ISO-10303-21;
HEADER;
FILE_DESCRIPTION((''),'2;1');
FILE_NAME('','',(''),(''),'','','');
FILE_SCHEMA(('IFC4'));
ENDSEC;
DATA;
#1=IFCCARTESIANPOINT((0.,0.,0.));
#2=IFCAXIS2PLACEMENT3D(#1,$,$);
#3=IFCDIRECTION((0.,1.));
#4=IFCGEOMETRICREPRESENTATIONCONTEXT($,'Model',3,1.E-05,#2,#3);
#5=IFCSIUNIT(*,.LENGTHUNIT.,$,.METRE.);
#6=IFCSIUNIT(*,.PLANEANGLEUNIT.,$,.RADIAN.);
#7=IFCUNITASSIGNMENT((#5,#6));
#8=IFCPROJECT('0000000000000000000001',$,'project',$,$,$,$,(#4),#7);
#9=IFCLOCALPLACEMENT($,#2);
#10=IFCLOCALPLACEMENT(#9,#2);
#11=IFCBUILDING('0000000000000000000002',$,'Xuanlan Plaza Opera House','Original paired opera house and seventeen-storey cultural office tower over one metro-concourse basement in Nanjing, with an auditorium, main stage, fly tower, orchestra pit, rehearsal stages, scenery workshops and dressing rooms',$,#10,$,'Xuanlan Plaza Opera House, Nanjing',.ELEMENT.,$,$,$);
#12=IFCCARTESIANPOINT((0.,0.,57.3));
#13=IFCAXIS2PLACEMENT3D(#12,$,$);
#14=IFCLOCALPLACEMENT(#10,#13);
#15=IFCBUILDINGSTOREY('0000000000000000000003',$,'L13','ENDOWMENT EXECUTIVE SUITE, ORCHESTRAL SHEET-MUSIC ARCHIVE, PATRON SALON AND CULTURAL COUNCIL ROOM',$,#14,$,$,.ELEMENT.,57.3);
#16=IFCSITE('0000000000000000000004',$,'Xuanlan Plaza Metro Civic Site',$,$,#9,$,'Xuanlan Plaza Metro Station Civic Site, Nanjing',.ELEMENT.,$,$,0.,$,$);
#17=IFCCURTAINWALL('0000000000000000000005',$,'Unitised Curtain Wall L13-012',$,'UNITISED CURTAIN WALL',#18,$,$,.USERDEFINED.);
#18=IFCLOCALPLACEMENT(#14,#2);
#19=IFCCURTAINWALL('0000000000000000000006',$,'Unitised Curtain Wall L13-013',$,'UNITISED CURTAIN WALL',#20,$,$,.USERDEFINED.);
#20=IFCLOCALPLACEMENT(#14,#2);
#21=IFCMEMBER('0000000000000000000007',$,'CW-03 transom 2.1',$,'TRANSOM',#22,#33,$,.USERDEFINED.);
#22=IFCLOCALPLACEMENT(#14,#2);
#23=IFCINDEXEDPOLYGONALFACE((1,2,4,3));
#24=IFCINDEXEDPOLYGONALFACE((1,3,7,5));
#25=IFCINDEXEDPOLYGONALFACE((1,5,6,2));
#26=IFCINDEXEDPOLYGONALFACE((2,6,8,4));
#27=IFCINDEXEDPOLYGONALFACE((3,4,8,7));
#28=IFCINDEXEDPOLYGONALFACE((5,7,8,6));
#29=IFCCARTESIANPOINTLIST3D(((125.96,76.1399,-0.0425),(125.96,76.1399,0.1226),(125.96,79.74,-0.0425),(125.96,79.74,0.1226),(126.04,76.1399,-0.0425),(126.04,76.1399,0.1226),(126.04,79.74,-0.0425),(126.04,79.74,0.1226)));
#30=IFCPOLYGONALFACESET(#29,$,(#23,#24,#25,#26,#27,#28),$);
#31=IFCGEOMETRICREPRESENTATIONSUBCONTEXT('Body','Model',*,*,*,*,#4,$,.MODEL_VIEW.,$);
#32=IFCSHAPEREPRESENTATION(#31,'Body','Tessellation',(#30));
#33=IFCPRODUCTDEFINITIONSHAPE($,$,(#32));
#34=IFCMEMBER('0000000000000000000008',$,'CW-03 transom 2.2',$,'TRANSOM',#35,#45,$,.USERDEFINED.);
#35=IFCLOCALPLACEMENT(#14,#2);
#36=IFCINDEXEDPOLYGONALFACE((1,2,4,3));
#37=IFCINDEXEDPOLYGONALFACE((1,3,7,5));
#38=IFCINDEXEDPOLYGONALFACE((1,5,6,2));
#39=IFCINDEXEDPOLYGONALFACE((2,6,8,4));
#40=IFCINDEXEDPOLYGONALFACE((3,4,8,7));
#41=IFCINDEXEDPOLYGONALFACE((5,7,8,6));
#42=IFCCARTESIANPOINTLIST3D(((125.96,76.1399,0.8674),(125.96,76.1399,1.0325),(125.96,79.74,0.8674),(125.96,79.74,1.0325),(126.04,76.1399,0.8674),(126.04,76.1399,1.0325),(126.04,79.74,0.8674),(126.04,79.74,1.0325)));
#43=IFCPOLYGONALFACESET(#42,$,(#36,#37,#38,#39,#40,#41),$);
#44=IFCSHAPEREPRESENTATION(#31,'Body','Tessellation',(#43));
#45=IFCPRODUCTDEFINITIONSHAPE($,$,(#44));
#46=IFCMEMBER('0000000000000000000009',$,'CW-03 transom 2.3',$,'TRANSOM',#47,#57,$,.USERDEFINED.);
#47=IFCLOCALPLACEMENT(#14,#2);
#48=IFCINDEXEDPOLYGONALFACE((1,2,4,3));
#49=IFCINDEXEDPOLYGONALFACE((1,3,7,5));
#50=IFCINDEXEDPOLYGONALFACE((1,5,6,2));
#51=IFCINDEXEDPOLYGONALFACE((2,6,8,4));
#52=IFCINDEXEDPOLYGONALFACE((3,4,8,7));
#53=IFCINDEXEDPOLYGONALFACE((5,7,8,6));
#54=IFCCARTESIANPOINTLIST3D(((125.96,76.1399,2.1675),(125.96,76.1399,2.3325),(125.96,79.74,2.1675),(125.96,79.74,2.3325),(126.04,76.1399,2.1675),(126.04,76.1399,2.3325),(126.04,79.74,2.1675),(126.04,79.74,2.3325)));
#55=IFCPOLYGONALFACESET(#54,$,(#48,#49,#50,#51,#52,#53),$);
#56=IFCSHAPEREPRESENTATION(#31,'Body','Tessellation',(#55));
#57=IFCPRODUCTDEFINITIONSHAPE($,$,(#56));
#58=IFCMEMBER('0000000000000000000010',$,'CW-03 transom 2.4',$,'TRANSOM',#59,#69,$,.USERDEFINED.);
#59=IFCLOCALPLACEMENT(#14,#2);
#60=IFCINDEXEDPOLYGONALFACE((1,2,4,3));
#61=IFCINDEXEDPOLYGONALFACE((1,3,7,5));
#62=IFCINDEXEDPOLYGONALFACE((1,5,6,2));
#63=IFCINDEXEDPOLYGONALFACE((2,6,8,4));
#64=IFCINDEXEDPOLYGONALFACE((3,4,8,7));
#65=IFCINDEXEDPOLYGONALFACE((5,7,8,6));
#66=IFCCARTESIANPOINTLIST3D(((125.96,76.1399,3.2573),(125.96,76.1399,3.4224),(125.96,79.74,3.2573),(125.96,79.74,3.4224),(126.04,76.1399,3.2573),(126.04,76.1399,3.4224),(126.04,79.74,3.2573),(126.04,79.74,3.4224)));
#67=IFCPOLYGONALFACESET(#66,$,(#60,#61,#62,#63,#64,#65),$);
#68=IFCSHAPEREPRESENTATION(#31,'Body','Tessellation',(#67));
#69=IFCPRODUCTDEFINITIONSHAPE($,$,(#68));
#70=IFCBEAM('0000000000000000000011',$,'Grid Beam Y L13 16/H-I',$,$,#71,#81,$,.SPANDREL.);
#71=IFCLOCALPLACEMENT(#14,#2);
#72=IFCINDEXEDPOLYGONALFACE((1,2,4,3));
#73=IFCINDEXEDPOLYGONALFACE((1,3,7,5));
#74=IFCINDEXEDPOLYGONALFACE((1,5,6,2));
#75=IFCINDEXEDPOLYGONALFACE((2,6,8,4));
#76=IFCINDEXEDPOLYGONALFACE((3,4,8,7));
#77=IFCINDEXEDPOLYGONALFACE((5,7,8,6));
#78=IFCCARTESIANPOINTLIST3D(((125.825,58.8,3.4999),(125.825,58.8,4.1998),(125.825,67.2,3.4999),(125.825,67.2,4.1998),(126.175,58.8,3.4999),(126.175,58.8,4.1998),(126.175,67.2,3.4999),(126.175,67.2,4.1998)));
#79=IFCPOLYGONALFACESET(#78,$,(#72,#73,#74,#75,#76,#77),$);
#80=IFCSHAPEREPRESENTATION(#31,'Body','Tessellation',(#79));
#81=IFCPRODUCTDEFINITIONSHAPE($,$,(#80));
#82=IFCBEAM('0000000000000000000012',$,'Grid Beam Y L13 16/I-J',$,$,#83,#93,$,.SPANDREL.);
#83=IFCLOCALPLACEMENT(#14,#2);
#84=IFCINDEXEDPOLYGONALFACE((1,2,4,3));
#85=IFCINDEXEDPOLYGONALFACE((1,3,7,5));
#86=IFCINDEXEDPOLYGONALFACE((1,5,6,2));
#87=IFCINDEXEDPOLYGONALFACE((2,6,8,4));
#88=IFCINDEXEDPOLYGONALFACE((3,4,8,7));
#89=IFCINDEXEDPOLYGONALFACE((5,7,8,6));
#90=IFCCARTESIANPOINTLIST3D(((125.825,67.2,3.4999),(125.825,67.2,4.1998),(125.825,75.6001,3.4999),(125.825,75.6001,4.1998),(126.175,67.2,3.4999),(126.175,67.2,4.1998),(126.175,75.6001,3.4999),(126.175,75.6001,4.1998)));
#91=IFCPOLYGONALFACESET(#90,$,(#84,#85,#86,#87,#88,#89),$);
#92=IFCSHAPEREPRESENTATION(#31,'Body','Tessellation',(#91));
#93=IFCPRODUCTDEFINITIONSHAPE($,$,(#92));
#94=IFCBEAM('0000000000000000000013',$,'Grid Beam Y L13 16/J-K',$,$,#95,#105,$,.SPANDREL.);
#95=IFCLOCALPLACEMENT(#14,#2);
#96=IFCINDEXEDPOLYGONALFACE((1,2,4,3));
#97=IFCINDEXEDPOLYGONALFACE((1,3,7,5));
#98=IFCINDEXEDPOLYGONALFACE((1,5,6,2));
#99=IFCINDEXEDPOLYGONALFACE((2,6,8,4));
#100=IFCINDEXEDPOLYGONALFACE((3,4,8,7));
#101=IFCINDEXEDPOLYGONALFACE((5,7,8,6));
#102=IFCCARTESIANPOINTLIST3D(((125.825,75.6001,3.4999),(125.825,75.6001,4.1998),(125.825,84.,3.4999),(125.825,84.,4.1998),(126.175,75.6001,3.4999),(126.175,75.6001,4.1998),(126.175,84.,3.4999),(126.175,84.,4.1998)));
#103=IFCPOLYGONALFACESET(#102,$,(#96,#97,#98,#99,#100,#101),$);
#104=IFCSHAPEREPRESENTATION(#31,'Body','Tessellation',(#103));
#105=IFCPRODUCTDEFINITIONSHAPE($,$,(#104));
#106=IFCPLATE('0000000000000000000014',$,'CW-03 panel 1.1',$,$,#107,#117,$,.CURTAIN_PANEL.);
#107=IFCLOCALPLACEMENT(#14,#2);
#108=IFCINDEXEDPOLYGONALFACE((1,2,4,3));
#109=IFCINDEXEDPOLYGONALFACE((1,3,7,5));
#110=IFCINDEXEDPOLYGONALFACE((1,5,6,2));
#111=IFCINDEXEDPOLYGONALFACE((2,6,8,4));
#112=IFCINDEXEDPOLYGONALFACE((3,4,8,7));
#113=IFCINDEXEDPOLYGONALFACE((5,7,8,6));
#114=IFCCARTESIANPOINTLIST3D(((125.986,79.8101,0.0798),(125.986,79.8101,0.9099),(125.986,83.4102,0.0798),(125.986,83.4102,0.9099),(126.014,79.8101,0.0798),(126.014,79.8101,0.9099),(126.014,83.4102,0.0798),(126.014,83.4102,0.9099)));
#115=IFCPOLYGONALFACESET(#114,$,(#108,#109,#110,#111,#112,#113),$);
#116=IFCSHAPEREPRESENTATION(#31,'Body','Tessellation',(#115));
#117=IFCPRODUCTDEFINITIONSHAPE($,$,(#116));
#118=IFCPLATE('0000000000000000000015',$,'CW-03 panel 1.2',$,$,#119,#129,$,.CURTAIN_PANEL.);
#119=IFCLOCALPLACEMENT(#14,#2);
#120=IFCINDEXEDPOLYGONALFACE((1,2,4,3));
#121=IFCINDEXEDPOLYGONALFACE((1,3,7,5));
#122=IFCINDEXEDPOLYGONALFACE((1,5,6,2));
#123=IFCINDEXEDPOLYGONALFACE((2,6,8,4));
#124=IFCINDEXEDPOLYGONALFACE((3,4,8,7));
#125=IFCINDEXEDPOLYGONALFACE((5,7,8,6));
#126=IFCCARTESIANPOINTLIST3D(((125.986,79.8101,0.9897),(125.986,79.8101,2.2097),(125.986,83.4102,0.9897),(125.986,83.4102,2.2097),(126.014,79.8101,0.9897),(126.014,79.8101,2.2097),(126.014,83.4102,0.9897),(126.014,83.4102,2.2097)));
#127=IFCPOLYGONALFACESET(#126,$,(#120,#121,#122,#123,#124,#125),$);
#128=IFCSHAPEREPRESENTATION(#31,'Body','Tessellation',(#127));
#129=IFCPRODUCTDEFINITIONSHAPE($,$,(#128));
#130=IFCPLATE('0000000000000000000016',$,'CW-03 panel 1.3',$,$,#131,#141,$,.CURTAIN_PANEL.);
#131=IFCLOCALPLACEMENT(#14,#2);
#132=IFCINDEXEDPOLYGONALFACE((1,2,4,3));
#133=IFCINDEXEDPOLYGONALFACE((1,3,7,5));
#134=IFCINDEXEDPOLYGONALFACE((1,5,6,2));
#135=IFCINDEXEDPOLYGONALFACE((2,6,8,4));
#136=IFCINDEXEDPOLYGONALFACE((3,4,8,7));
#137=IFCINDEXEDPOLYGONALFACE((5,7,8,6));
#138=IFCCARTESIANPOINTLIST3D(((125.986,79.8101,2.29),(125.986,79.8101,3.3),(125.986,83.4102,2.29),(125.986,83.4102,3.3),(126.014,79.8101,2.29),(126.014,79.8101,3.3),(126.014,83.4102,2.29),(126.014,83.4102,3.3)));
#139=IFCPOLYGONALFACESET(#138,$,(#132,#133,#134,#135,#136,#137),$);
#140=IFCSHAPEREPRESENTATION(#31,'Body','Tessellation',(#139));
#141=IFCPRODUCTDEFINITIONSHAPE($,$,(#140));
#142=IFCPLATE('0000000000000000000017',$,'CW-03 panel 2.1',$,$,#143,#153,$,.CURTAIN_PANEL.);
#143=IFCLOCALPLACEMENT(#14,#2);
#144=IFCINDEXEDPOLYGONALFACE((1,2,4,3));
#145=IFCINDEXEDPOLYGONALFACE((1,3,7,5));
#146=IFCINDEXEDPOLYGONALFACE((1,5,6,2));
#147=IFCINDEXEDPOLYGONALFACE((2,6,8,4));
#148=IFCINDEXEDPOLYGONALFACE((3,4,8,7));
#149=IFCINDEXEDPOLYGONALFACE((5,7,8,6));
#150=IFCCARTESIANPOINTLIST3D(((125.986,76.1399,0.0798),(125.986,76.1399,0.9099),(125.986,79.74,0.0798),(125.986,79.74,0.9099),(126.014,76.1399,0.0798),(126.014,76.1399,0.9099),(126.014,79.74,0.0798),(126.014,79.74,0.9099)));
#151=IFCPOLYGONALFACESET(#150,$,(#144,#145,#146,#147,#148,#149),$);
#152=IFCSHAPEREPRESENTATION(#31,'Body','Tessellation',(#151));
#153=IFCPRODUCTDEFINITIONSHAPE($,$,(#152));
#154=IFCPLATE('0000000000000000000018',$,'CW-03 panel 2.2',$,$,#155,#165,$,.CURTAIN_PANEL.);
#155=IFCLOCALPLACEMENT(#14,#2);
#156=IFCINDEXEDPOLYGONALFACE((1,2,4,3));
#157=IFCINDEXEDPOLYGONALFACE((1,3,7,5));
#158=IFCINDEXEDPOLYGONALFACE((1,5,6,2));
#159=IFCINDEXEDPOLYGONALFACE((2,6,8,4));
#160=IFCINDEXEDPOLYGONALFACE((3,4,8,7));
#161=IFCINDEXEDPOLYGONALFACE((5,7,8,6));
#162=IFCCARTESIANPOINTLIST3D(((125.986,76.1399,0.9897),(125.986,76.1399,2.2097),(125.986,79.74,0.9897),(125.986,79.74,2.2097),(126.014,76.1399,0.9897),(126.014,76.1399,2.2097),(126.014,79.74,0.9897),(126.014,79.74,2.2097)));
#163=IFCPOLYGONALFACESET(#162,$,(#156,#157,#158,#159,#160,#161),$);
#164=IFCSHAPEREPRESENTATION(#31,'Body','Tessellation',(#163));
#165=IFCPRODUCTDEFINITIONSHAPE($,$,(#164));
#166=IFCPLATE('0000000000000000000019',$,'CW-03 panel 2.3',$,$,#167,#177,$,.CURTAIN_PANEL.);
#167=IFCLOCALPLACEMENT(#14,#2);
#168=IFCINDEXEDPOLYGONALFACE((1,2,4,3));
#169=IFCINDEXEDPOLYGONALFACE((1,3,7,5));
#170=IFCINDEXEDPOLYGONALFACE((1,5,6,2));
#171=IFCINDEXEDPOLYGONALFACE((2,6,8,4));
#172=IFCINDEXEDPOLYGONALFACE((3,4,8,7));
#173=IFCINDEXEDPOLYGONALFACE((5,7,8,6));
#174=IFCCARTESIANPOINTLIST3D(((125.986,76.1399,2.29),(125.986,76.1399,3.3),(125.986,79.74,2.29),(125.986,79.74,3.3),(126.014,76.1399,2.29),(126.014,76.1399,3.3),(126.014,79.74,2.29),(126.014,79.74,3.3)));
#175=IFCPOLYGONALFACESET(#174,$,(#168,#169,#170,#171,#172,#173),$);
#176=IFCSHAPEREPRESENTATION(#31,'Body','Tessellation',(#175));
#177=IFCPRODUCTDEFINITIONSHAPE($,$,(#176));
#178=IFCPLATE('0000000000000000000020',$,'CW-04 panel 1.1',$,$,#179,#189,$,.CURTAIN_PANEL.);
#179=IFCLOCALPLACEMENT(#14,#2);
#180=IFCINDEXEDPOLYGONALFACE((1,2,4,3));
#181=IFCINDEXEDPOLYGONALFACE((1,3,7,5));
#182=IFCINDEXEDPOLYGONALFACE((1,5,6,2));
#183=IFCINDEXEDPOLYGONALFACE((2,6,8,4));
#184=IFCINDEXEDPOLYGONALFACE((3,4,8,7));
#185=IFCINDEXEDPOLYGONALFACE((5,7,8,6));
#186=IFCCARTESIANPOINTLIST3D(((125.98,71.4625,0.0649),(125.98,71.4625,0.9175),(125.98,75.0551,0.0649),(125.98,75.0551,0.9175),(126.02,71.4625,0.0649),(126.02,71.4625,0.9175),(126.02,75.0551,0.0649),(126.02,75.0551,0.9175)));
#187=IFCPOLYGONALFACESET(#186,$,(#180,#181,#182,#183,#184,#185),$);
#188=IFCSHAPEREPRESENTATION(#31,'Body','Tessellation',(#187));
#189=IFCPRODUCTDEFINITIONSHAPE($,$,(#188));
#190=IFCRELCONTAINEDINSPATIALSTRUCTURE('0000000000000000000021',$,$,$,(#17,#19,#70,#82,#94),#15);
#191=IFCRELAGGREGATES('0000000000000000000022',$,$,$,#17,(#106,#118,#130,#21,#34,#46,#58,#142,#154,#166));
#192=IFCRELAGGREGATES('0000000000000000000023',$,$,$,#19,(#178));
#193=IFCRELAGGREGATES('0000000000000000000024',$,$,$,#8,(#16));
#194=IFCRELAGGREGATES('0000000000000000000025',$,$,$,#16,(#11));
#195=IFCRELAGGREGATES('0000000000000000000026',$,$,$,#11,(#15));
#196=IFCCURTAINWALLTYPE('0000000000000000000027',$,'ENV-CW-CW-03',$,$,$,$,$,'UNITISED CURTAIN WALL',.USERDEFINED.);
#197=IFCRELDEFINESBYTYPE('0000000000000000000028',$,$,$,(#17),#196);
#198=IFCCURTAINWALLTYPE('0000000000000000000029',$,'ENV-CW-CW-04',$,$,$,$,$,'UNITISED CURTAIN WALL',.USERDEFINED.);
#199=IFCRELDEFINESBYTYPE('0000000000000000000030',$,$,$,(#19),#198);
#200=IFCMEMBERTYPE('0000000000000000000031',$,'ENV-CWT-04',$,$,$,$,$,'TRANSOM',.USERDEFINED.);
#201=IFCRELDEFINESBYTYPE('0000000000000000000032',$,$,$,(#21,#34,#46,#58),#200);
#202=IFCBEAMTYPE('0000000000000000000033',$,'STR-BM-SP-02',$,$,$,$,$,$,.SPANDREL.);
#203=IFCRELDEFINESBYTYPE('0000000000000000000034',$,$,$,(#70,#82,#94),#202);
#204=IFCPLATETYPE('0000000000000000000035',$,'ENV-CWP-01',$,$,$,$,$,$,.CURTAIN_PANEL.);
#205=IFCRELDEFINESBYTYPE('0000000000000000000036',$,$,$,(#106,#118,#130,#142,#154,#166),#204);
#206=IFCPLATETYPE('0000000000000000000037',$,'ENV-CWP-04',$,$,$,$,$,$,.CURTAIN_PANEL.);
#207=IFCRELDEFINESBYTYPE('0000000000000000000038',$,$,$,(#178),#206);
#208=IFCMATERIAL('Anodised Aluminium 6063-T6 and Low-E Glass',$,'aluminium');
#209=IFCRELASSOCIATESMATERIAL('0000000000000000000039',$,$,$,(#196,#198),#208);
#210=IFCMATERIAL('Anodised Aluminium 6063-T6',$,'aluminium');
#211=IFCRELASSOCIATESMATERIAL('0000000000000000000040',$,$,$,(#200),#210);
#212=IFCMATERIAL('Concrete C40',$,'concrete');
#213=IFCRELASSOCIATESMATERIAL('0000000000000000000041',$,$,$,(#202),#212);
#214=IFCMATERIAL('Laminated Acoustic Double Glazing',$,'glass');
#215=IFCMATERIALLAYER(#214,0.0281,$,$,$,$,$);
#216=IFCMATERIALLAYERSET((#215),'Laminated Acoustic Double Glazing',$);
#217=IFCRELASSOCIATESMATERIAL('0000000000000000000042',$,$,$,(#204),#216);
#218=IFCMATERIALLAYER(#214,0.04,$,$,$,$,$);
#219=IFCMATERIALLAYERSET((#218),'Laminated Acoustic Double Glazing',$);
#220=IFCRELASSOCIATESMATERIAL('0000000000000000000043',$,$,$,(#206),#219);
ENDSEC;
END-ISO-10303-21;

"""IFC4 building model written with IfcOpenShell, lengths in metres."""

from ifc_helpers import new_model, si_unit, direction, frame, origin, origin_2d, place, context, subcontext, project, spatial, rectangle, extrude, material, layer, layer_set, material_profile, profile_set, type_object, element, aggregate, save


model = new_model("IFC4")

# Units and contexts
model_context = context("Model", 3, precision=1e-05, world=origin(), true_north=direction((0.0, 1.0)))
body_context = subcontext(model_context, "Body", "Model", "MODEL_VIEW")
ifc_project = project(units=[si_unit("LENGTHUNIT", "METRE"), si_unit("PLANEANGLEUNIT", "RADIAN")], contexts=[model_context])

# Site, building, storey
site_placement = place(None, origin())
site = spatial("IfcSite", under=ifc_project, at=site_placement, Name="Xuanlan Plaza Metro Civic Site", LongName="Xuanlan Plaza Metro Station Civic Site, Nanjing", CompositionType="ELEMENT", RefElevation=0.0)
building_placement = place(site_placement, origin())
building = spatial("IfcBuilding", under=site, at=building_placement, Name="Xuanlan Plaza Opera House", Description="Original paired opera house and seventeen-storey cultural office tower over one metro-concourse basement in Nanjing, with an auditorium, main stage, fly tower, orchestra pit, rehearsal stages, scenery workshops and dressing rooms", LongName="Xuanlan Plaza Opera House, Nanjing", CompositionType="ELEMENT")
storey_placement = place(building_placement, frame((0.0, 0.0, 57.3)))
storey = spatial("IfcBuildingStorey", under=building, at=storey_placement, Name="L13", Description="ENDOWMENT EXECUTIVE SUITE, ORCHESTRAL SHEET-MUSIC ARCHIVE, PATRON SALON AND CULTURAL COUNCIL ROOM", CompositionType="ELEMENT", Elevation=57.3)

# Curtain walls
ifc_material_1 = material(Name="Anodised Aluminium 6063-T6 and Low-E Glass", Category="aluminium")
curtain_wall_type_1 = type_object("IfcCurtainWallType", Name="ENV-CW-CW-03", ElementType="UNITISED CURTAIN WALL", PredefinedType="USERDEFINED", material=ifc_material_1)
curtain_wall_1_placement = place(storey_placement, origin())
curtain_wall_1 = element("IfcCurtainWall", 1, at=curtain_wall_1_placement, inside=storey, type_object=curtain_wall_type_1, Name="Unitised Curtain Wall L13-012", ObjectType="UNITISED CURTAIN WALL", PredefinedType="USERDEFINED")
ifc_material_2 = material(Name="Anodised Aluminium 6063-T6", Category="aluminium")
curtain_wall_type_2 = type_object("IfcCurtainWallType", Name="ENV-CW-CW-04", ElementType="UNITISED CURTAIN WALL", PredefinedType="USERDEFINED", material=ifc_material_1)
curtain_wall_2_placement = place(storey_placement, origin())
curtain_wall_2 = element("IfcCurtainWall", 2, at=curtain_wall_2_placement, inside=storey, type_object=curtain_wall_type_2, Name="Unitised Curtain Wall L13-013", ObjectType="UNITISED CURTAIN WALL", PredefinedType="USERDEFINED")

# Members
ifc_material_profile_1 = material_profile(ifc_material_2, rectangle(XDim=0.0801, YDim=0.165, at=origin_2d()), Name="ALU-T 80x165")
ifc_profile_set_1 = profile_set([ifc_material_profile_1], Name="Anodised Aluminium 6063-T6")
member_type_1 = type_object("IfcMemberType", Name="ENV-CWT-04", ElementType="TRANSOM", PredefinedType="USERDEFINED", material=ifc_profile_set_1)
member_1_placement = place(storey_placement, frame((126.0, 79.74, 0.04), z_axis=(0.0, -1.0, 0.0), x_axis=(1.0, 0.0, 0.0)))
member_1 = element("IfcMember", 3, at=member_1_placement, type_object=member_type_1, Name="CW-03 transom 2.1", ObjectType="TRANSOM", PredefinedType="USERDEFINED", context=body_context, shape_type="SweptSolid", body=[
    extrude(rectangle(XDim=0.0801, YDim=0.165, at=origin_2d()), origin(), (0.0, 0.0, 1.0), 3.6001),
])
member_2_placement = place(storey_placement, frame((126.0, 79.74, 0.95), z_axis=(0.0, -1.0, 0.0), x_axis=(1.0, 0.0, 0.0)))
member_2 = element("IfcMember", 4, at=member_2_placement, type_object=member_type_1, Name="CW-03 transom 2.2", ObjectType="TRANSOM", PredefinedType="USERDEFINED", context=body_context, shape_type="SweptSolid", body=[
    extrude(rectangle(XDim=0.0801, YDim=0.165, at=origin_2d()), origin(), (0.0, 0.0, 1.0), 3.6001),
])
member_3_placement = place(storey_placement, frame((126.0, 79.74, 2.25), z_axis=(0.0, -1.0, 0.0), x_axis=(1.0, 0.0, 0.0)))
member_3 = element("IfcMember", 5, at=member_3_placement, type_object=member_type_1, Name="CW-03 transom 2.3", ObjectType="TRANSOM", PredefinedType="USERDEFINED", context=body_context, shape_type="SweptSolid", body=[
    extrude(rectangle(XDim=0.0801, YDim=0.165, at=origin_2d()), origin(), (0.0, 0.0, 1.0), 3.6001),
])
member_4_placement = place(storey_placement, frame((126.0, 79.74, 3.3398), z_axis=(0.0, -1.0, 0.0), x_axis=(1.0, 0.0, 0.0)))
member_4 = element("IfcMember", 6, at=member_4_placement, type_object=member_type_1, Name="CW-03 transom 2.4", ObjectType="TRANSOM", PredefinedType="USERDEFINED", context=body_context, shape_type="SweptSolid", body=[
    extrude(rectangle(XDim=0.0801, YDim=0.165, at=origin_2d()), origin(), (0.0, 0.0, 1.0), 3.6001),
])

# Beams
ifc_material_3 = material(Name="Concrete C40", Category="concrete")
ifc_material_profile_2 = material_profile(ifc_material_3, rectangle(XDim=0.3501, YDim=0.7, at=origin_2d()), Name="RC-SPD 350x700")
ifc_profile_set_2 = profile_set([ifc_material_profile_2], Name="Concrete C40")
beam_type = type_object("IfcBeamType", Name="STR-BM-SP-02", PredefinedType="SPANDREL", material=ifc_profile_set_2)
beam_1_placement = place(storey_placement, frame((126.0, 58.8, 3.8499), z_axis=(0.0, 1.0, 0.0), x_axis=(-1.0, 0.0, 0.0)))
element("IfcBeam", 7, at=beam_1_placement, inside=storey, type_object=beam_type, Name="Grid Beam Y L13 16/H-I", PredefinedType="SPANDREL", context=body_context, shape_type="SweptSolid", body=[
    extrude(rectangle(XDim=0.3501, YDim=0.7, at=origin_2d()), origin(), (0.0, 0.0, 1.0), 8.3999),
])
beam_2_placement = place(storey_placement, frame((126.0, 67.2, 3.8499), z_axis=(0.0, 1.0, 0.0), x_axis=(-1.0, 0.0, 0.0)))
element("IfcBeam", 8, at=beam_2_placement, inside=storey, type_object=beam_type, Name="Grid Beam Y L13 16/I-J", PredefinedType="SPANDREL", context=body_context, shape_type="SweptSolid", body=[
    extrude(rectangle(XDim=0.3501, YDim=0.7, at=origin_2d()), origin(), (0.0, 0.0, 1.0), 8.4001),
])
beam_3_placement = place(storey_placement, frame((126.0, 75.6001, 3.8499), z_axis=(0.0, 1.0, 0.0), x_axis=(-1.0, 0.0, 0.0)))
element("IfcBeam", 9, at=beam_3_placement, inside=storey, type_object=beam_type, Name="Grid Beam Y L13 16/J-K", PredefinedType="SPANDREL", context=body_context, shape_type="SweptSolid", body=[
    extrude(rectangle(XDim=0.3501, YDim=0.7, at=origin_2d()), origin(), (0.0, 0.0, 1.0), 8.3999),
])

# Plates
ifc_material_4 = material(Name="Laminated Acoustic Double Glazing", Category="glass")
ifc_layer_1 = layer(ifc_material_4, 0.0281)
ifc_layer_set_1 = layer_set([ifc_layer_1], Name="Laminated Acoustic Double Glazing")
plate_type_1 = type_object("IfcPlateType", Name="ENV-CWP-01", PredefinedType="CURTAIN_PANEL", material=ifc_layer_set_1)
plate_1_placement = place(storey_placement, frame((126.0, 81.6101, 0.0798), z_axis=(0.0, 0.0, 1.0), x_axis=(0.0, -1.0, 0.0)))
plate_1 = element("IfcPlate", 10, at=plate_1_placement, type_object=plate_type_1, Name="CW-03 panel 1.1", PredefinedType="CURTAIN_PANEL", context=body_context, shape_type="SweptSolid", body=[
    extrude(rectangle(XDim=3.6001, YDim=0.0281, at=origin_2d()), origin(), (0.0, 0.0, 1.0), 0.8301),
])
plate_2_placement = place(storey_placement, frame((126.0, 81.6101, 0.9897), z_axis=(0.0, 0.0, 1.0), x_axis=(0.0, -1.0, 0.0)))
plate_2 = element("IfcPlate", 11, at=plate_2_placement, type_object=plate_type_1, Name="CW-03 panel 1.2", PredefinedType="CURTAIN_PANEL", context=body_context, shape_type="SweptSolid", body=[
    extrude(rectangle(XDim=3.6001, YDim=0.0281, at=origin_2d()), origin(), (0.0, 0.0, 1.0), 1.22),
])
plate_3_placement = place(storey_placement, frame((126.0, 81.6101, 2.29), z_axis=(0.0, 0.0, 1.0), x_axis=(0.0, -1.0, 0.0)))
plate_3 = element("IfcPlate", 12, at=plate_3_placement, type_object=plate_type_1, Name="CW-03 panel 1.3", PredefinedType="CURTAIN_PANEL", context=body_context, shape_type="SweptSolid", body=[
    extrude(rectangle(XDim=3.6001, YDim=0.0281, at=origin_2d()), origin(), (0.0, 0.0, 1.0), 1.01),
])
plate_4_placement = place(storey_placement, frame((126.0, 77.9399, 0.0798), z_axis=(0.0, 0.0, 1.0), x_axis=(0.0, -1.0, 0.0)))
plate_4 = element("IfcPlate", 13, at=plate_4_placement, type_object=plate_type_1, Name="CW-03 panel 2.1", PredefinedType="CURTAIN_PANEL", context=body_context, shape_type="SweptSolid", body=[
    extrude(rectangle(XDim=3.6001, YDim=0.0281, at=origin_2d()), origin(), (0.0, 0.0, 1.0), 0.8301),
])
plate_5_placement = place(storey_placement, frame((126.0, 77.9399, 0.9897), z_axis=(0.0, 0.0, 1.0), x_axis=(0.0, -1.0, 0.0)))
plate_5 = element("IfcPlate", 14, at=plate_5_placement, type_object=plate_type_1, Name="CW-03 panel 2.2", PredefinedType="CURTAIN_PANEL", context=body_context, shape_type="SweptSolid", body=[
    extrude(rectangle(XDim=3.6001, YDim=0.0281, at=origin_2d()), origin(), (0.0, 0.0, 1.0), 1.22),
])
plate_6_placement = place(storey_placement, frame((126.0, 77.9399, 2.29), z_axis=(0.0, 0.0, 1.0), x_axis=(0.0, -1.0, 0.0)))
plate_6 = element("IfcPlate", 15, at=plate_6_placement, type_object=plate_type_1, Name="CW-03 panel 2.3", PredefinedType="CURTAIN_PANEL", context=body_context, shape_type="SweptSolid", body=[
    extrude(rectangle(XDim=3.6001, YDim=0.0281, at=origin_2d()), origin(), (0.0, 0.0, 1.0), 1.01),
])
aggregate(curtain_wall_1, [plate_1, plate_2, plate_3, member_1, member_2, member_3, member_4, plate_4, plate_5, plate_6])
ifc_layer_2 = layer(ifc_material_4, 0.04)
ifc_layer_set_2 = layer_set([ifc_layer_2], Name="Laminated Acoustic Double Glazing")
plate_type_2 = type_object("IfcPlateType", Name="ENV-CWP-04", PredefinedType="CURTAIN_PANEL", material=ifc_layer_set_2)
plate_7_placement = place(storey_placement, frame((126.0, 73.2588, 0.0649), z_axis=(0.0, 0.0, 1.0), x_axis=(0.0, -1.0, 0.0)))
plate_7 = element("IfcPlate", 16, at=plate_7_placement, type_object=plate_type_2, Name="CW-04 panel 1.1", PredefinedType="CURTAIN_PANEL", context=body_context, shape_type="SweptSolid", body=[
    extrude(rectangle(XDim=3.5925, YDim=0.04, at=origin_2d()), origin(), (0.0, 0.0, 1.0), 0.8525),
])
aggregate(curtain_wall_2, [plate_7])

save(model, "model.ifc")
